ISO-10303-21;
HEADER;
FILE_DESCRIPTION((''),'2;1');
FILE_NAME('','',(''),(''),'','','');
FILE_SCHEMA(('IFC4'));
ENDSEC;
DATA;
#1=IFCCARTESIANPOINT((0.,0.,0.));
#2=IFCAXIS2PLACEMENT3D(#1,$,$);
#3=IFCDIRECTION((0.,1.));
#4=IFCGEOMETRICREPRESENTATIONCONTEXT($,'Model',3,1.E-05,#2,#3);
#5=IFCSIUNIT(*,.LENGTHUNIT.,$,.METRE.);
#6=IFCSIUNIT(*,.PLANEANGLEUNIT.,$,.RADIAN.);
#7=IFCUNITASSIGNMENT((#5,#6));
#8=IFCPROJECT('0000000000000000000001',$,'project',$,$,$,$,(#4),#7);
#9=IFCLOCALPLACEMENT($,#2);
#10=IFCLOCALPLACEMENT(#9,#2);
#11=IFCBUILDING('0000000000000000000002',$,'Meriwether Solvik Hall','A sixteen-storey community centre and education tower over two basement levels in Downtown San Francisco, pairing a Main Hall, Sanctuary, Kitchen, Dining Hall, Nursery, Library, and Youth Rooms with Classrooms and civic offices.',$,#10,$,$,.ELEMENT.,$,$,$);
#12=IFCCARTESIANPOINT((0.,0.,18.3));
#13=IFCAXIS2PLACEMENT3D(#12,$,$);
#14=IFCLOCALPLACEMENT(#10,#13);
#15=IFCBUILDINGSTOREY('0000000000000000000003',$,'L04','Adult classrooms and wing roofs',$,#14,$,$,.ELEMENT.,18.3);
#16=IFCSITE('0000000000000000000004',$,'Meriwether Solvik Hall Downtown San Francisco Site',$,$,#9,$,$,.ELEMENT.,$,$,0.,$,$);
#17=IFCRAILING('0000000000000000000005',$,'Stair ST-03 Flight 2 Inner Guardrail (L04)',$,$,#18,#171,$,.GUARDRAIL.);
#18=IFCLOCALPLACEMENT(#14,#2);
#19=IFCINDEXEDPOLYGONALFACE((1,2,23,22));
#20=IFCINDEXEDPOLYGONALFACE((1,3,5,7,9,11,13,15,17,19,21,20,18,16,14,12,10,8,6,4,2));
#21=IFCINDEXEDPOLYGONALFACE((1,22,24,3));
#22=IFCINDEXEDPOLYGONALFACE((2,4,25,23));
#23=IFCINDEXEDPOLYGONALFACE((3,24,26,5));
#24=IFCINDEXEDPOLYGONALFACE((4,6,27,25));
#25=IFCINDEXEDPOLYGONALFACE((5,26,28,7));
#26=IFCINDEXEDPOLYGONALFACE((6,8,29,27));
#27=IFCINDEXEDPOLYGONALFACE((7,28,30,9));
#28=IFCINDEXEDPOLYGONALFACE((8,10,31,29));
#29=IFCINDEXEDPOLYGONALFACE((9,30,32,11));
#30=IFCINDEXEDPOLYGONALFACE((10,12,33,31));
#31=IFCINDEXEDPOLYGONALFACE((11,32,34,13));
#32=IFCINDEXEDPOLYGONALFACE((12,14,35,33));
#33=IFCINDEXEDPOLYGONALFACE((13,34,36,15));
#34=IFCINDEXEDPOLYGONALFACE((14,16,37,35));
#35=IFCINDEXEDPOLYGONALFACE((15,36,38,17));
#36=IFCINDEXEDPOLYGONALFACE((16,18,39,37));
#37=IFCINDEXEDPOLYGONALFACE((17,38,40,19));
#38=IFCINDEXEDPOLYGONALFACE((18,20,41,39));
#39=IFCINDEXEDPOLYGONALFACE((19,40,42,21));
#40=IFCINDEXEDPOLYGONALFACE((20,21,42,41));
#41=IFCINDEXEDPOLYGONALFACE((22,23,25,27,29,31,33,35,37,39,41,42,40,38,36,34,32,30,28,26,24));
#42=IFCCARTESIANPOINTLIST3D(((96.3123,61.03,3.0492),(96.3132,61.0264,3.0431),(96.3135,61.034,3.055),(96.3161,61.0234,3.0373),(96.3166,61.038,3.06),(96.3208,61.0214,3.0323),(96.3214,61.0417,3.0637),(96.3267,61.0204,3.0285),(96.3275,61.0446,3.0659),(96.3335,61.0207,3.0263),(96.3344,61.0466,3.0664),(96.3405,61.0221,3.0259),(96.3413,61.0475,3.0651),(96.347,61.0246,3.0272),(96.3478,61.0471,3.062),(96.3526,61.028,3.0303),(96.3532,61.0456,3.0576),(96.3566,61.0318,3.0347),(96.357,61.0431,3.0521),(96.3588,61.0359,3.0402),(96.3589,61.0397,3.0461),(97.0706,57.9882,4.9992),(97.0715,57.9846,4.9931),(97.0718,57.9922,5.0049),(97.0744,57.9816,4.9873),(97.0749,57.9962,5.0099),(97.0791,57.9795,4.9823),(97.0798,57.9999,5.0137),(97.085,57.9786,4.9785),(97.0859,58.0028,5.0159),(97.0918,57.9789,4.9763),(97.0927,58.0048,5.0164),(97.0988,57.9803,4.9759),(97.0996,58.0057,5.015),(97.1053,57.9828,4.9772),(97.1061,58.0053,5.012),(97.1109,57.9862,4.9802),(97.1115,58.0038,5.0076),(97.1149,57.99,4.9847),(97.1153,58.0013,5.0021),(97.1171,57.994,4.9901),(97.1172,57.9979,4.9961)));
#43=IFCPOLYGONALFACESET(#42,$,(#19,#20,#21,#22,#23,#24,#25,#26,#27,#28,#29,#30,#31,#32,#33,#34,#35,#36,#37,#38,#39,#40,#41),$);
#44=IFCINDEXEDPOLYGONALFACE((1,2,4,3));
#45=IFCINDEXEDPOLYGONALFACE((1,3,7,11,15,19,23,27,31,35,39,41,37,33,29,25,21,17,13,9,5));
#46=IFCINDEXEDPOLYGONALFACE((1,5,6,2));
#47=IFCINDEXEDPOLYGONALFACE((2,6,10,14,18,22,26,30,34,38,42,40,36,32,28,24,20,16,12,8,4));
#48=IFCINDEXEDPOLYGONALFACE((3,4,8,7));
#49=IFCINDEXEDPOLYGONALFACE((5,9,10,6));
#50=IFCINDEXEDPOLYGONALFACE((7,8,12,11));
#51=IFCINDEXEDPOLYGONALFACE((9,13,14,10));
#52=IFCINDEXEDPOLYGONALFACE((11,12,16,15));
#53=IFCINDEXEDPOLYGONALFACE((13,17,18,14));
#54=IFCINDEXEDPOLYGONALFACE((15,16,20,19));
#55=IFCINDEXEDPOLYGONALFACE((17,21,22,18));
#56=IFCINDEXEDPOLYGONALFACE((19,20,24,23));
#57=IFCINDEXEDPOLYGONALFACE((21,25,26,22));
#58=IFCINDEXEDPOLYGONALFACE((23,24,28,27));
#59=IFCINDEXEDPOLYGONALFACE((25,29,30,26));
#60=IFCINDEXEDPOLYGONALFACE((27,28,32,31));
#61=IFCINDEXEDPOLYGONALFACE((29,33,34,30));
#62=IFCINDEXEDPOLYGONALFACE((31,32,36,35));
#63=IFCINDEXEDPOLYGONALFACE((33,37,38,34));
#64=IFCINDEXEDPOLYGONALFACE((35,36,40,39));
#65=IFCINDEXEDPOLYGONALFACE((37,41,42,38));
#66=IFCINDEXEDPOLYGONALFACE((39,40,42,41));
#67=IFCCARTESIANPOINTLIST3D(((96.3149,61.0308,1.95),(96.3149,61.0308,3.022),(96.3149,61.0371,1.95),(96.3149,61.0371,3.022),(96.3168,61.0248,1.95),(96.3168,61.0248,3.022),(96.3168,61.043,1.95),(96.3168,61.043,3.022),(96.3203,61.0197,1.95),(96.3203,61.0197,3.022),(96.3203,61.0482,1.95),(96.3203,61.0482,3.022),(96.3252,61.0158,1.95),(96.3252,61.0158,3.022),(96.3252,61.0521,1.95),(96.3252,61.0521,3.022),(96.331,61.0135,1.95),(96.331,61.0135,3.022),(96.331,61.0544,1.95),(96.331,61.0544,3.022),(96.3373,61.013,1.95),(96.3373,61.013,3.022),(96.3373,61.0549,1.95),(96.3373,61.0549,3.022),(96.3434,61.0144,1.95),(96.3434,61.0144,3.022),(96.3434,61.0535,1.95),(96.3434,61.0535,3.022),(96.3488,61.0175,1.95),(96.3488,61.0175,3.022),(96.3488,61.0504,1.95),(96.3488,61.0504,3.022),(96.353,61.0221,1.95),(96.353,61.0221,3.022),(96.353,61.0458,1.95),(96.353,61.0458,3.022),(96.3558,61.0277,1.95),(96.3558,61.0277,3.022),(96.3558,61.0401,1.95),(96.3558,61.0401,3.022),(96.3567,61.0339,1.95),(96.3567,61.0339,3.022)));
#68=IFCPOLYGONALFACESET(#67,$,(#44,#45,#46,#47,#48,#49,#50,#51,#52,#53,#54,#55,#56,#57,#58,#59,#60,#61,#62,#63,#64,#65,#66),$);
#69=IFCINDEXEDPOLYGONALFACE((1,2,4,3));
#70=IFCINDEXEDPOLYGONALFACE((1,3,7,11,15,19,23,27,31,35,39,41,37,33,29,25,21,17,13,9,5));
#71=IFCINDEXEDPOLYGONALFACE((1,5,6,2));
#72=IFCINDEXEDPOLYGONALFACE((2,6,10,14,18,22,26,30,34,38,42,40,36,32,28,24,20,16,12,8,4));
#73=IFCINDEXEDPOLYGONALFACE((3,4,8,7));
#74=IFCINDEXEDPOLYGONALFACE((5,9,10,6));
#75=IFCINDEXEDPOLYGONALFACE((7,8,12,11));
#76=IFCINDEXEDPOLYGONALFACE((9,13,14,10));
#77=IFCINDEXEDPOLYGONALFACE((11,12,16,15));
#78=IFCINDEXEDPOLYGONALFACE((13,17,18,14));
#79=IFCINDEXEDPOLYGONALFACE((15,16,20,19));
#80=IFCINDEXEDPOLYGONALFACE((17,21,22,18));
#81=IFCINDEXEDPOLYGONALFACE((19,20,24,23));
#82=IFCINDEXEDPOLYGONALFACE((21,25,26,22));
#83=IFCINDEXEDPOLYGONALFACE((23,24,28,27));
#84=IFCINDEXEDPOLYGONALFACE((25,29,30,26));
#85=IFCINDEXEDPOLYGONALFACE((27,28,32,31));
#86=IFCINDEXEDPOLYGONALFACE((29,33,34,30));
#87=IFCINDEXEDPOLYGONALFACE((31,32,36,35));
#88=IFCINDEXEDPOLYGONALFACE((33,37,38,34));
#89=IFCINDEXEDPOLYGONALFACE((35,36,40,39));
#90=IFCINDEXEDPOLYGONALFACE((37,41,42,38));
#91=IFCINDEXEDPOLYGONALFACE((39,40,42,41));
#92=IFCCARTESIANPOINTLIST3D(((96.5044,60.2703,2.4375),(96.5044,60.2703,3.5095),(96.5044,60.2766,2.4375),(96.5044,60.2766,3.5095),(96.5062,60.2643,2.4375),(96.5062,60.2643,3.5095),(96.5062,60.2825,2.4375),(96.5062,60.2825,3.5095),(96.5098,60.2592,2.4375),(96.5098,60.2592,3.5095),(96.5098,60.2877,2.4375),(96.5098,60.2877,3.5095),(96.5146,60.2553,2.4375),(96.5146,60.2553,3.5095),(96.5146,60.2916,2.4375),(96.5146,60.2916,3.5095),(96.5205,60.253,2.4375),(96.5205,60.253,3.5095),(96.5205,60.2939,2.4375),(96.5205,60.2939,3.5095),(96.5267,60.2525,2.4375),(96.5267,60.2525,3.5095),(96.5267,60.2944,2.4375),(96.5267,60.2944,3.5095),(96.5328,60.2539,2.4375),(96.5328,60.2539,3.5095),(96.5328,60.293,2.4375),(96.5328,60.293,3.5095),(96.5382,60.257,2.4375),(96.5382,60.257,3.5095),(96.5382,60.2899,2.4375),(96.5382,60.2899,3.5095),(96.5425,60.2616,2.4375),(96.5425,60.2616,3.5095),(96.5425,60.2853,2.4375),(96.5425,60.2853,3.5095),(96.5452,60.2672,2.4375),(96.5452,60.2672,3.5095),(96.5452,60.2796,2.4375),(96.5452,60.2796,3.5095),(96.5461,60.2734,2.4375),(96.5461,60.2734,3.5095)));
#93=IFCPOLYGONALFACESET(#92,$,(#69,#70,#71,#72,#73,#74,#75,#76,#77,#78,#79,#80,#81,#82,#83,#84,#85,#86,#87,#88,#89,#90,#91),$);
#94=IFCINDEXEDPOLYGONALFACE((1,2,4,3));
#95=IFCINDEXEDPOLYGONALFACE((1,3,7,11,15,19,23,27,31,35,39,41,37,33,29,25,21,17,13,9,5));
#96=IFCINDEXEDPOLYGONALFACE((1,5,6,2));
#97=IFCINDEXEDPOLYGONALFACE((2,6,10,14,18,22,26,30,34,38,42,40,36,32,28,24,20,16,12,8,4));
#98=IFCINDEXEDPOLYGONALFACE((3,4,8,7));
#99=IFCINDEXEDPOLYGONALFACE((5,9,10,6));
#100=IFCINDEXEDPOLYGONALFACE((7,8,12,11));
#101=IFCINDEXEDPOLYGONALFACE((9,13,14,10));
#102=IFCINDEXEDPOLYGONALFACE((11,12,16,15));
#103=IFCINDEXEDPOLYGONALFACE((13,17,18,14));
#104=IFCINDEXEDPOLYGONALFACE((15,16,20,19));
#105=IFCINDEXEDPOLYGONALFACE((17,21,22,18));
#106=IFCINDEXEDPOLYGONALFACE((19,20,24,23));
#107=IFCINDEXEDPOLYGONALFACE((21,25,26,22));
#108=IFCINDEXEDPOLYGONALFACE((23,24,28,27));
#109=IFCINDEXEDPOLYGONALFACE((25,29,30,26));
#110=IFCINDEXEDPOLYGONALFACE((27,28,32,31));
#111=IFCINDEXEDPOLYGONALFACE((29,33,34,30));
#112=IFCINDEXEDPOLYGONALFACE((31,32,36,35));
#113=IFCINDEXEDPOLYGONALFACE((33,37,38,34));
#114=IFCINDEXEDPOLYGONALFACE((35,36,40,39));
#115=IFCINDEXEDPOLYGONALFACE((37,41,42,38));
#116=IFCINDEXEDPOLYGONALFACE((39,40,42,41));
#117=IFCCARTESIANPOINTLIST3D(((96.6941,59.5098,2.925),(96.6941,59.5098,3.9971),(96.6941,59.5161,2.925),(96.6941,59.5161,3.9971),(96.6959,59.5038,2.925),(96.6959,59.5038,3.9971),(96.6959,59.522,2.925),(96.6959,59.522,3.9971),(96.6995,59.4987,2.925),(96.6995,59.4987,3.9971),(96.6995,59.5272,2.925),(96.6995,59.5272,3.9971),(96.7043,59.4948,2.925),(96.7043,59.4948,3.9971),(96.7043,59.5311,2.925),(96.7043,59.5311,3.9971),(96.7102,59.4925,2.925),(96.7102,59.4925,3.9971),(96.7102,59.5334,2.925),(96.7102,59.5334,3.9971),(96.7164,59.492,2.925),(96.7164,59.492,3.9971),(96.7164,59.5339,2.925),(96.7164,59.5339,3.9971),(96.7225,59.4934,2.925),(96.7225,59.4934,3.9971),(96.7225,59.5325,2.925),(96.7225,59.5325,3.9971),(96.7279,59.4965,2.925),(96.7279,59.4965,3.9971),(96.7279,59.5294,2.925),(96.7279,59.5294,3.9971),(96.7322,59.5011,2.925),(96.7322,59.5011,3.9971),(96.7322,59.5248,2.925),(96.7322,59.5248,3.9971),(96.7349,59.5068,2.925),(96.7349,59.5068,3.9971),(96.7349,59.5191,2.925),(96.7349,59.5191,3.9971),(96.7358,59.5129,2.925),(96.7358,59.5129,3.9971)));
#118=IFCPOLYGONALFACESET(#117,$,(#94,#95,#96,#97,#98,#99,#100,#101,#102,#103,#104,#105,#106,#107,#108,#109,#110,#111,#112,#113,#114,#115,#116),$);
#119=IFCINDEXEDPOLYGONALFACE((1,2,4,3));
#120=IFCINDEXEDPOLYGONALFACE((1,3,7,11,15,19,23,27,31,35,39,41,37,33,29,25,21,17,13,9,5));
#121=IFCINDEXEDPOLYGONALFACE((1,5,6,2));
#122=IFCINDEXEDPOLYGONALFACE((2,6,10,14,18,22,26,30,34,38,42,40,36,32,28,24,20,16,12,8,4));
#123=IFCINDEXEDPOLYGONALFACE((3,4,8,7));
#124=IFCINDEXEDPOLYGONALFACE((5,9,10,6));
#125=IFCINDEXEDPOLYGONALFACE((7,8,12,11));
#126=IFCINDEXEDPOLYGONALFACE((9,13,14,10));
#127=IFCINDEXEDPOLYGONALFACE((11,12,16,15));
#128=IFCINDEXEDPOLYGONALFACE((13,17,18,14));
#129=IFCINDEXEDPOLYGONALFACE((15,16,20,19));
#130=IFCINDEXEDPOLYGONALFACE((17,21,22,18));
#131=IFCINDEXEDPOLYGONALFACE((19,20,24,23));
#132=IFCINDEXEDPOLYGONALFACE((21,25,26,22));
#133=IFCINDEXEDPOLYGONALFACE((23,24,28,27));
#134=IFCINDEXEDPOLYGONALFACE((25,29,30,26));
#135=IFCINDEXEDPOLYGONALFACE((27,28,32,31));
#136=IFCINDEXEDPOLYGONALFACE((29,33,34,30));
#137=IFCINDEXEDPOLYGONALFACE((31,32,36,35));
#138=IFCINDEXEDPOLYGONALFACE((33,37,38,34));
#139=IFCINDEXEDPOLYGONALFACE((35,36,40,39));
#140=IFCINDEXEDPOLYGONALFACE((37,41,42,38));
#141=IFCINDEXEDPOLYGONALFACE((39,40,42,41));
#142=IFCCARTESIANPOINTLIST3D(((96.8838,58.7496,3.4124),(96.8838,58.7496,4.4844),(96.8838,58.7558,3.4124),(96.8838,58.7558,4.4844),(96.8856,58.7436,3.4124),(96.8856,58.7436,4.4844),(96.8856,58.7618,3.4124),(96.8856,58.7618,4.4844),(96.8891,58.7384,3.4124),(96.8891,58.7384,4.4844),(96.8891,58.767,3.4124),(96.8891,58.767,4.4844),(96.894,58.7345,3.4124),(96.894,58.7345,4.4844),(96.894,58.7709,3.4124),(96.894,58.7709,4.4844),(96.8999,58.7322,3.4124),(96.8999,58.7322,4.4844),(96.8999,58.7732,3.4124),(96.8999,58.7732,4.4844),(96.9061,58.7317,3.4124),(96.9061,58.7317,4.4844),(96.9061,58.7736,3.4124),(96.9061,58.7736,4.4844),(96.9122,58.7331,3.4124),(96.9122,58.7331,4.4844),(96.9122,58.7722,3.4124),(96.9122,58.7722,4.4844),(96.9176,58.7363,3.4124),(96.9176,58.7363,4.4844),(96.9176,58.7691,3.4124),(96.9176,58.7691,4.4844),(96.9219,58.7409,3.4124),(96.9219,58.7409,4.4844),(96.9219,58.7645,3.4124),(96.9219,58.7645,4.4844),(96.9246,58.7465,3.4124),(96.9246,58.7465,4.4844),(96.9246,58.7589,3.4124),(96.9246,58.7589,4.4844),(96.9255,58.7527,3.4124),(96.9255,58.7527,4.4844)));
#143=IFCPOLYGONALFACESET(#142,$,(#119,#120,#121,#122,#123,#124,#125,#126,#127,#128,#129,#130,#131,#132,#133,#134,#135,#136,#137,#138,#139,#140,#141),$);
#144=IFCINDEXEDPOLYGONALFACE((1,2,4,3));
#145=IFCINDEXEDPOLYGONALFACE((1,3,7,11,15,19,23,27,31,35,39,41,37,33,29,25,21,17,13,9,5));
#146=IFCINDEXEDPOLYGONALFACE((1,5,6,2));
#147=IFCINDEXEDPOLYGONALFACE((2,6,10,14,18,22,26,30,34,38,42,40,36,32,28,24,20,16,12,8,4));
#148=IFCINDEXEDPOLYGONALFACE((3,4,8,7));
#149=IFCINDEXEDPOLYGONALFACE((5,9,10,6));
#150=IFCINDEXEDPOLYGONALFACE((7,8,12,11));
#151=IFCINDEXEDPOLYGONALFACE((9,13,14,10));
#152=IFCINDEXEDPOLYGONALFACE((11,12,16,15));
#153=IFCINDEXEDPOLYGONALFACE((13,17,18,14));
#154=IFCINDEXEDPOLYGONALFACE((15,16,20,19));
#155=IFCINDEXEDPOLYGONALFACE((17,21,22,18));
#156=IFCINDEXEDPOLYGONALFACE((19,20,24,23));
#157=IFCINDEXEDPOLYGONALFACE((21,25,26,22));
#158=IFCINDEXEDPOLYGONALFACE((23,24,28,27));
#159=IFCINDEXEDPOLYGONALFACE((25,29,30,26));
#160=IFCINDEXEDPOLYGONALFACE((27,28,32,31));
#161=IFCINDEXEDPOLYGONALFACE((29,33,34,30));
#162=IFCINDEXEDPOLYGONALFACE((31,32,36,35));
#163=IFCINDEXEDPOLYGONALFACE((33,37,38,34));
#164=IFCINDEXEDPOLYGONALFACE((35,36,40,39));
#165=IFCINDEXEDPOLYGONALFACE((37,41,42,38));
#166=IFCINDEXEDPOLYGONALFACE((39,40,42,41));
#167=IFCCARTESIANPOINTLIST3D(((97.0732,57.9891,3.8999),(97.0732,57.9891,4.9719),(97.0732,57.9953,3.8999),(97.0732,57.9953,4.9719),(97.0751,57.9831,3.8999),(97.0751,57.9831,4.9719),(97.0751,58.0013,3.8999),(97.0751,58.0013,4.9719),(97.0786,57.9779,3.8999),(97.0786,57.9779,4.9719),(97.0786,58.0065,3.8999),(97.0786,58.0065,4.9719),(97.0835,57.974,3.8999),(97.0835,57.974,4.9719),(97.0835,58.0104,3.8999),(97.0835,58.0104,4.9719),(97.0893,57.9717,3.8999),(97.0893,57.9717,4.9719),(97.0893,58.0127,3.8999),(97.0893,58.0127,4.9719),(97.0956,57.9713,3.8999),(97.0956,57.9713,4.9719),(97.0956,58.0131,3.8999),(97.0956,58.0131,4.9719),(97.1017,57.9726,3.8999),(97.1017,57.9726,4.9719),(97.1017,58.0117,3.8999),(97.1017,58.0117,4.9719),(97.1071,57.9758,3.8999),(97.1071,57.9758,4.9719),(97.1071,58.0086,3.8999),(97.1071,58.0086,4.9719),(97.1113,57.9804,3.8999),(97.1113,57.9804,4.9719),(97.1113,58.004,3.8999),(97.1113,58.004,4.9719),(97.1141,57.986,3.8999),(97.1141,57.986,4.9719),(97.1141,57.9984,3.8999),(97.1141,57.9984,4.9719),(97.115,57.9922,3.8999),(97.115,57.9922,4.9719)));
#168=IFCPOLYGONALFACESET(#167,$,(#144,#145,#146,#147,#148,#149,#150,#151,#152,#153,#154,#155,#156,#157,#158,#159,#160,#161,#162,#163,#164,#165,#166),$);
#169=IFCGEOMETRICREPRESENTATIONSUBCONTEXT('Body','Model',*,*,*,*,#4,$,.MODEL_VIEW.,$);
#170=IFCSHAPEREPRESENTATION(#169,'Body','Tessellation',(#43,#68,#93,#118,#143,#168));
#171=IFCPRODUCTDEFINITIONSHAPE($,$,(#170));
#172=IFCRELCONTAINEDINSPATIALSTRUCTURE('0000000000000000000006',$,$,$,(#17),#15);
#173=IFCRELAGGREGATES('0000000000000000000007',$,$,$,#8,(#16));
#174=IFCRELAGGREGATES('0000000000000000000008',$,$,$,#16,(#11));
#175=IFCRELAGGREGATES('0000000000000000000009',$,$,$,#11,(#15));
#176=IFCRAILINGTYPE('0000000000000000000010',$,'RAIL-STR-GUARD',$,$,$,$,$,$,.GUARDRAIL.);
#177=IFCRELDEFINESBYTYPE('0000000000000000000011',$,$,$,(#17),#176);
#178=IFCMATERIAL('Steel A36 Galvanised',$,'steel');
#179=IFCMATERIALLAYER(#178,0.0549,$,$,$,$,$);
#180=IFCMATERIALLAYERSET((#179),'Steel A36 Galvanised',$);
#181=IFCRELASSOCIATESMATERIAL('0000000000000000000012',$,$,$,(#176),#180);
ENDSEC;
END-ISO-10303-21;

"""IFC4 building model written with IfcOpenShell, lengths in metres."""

from ifc_helpers import new_model, si_unit, direction, frame, origin, origin_2d, place, context, subcontext, project, spatial, circle, extrude, material, layer, layer_set, type_object, element, save


model = new_model("IFC4")

# Units and contexts
model_context = context("Model", 3, precision=1e-05, world=origin(), true_north=direction((0.0, 1.0)))
body_context = subcontext(model_context, "Body", "Model", "MODEL_VIEW")
ifc_project = project(units=[si_unit("LENGTHUNIT", "METRE"), si_unit("PLANEANGLEUNIT", "RADIAN")], contexts=[model_context])

# Site, building, storey
site_placement = place(None, origin())
site = spatial("IfcSite", under=ifc_project, at=site_placement, Name="Meriwether Solvik Hall Downtown San Francisco Site", CompositionType="ELEMENT", RefElevation=0.0)
building_placement = place(site_placement, origin())
building = spatial("IfcBuilding", under=site, at=building_placement, Name="Meriwether Solvik Hall", Description="A sixteen-storey community centre and education tower over two basement levels in Downtown San Francisco, pairing a Main Hall, Sanctuary, Kitchen, Dining Hall, Nursery, Library, and Youth Rooms with Classrooms and civic offices.", CompositionType="ELEMENT")
storey_placement = place(building_placement, frame((0.0, 0.0, 18.3)))
storey = spatial("IfcBuildingStorey", under=building, at=storey_placement, Name="L04", Description="Adult classrooms and wing roofs", CompositionType="ELEMENT", Elevation=18.3)

# Railing
ifc_material_1 = material(Name="Steel A36 Galvanised", Category="steel")
ifc_layer_1 = layer(ifc_material_1, 0.0549)
ifc_layer_set_1 = layer_set([ifc_layer_1], Name="Steel A36 Galvanised")
railing_type_1 = type_object("IfcRailingType", Name="RAIL-STR-GUARD", PredefinedType="GUARDRAIL", material=ifc_layer_set_1)
railing_1_placement = place(storey_placement, frame((96.3357, 61.0339, 1.95)))
element("IfcRailing", 1, at=railing_1_placement, inside=storey, type_object=railing_type_1, Name="Stair ST-03 Flight 2 Inner Guardrail (L04)", PredefinedType="GUARDRAIL", context=body_context, shape_type="SweptSolid", body=[
    extrude(circle(Radius=0.0239, at=origin_2d()), frame((0.0, 0.0, 1.0962), z_axis=(0.2054, -0.823915, 0.528181), x_axis=(0.970303, 0.241894, 0.0)), (0.0, 0.0, 1.0), 3.6919),
    extrude(circle(Radius=0.021, at=origin_2d()), origin(), (0.0, 0.0, 1.0), 1.072),
    extrude(circle(Radius=0.021, at=origin_2d()), frame((0.1895, -0.7605, 0.4875)), (0.0, 0.0, 1.0), 1.072),
    extrude(circle(Radius=0.021, at=origin_2d()), frame((0.3792, -1.521, 0.9751)), (0.0, 0.0, 1.0), 1.072),
    extrude(circle(Radius=0.021, at=origin_2d()), frame((0.5688, -2.2812, 1.4624)), (0.0, 0.0, 1.0), 1.072),
    extrude(circle(Radius=0.021, at=origin_2d()), frame((0.7583, -3.0417, 1.95)), (0.0, 0.0, 1.0), 1.072),
])

save(model, "model.ifc")
